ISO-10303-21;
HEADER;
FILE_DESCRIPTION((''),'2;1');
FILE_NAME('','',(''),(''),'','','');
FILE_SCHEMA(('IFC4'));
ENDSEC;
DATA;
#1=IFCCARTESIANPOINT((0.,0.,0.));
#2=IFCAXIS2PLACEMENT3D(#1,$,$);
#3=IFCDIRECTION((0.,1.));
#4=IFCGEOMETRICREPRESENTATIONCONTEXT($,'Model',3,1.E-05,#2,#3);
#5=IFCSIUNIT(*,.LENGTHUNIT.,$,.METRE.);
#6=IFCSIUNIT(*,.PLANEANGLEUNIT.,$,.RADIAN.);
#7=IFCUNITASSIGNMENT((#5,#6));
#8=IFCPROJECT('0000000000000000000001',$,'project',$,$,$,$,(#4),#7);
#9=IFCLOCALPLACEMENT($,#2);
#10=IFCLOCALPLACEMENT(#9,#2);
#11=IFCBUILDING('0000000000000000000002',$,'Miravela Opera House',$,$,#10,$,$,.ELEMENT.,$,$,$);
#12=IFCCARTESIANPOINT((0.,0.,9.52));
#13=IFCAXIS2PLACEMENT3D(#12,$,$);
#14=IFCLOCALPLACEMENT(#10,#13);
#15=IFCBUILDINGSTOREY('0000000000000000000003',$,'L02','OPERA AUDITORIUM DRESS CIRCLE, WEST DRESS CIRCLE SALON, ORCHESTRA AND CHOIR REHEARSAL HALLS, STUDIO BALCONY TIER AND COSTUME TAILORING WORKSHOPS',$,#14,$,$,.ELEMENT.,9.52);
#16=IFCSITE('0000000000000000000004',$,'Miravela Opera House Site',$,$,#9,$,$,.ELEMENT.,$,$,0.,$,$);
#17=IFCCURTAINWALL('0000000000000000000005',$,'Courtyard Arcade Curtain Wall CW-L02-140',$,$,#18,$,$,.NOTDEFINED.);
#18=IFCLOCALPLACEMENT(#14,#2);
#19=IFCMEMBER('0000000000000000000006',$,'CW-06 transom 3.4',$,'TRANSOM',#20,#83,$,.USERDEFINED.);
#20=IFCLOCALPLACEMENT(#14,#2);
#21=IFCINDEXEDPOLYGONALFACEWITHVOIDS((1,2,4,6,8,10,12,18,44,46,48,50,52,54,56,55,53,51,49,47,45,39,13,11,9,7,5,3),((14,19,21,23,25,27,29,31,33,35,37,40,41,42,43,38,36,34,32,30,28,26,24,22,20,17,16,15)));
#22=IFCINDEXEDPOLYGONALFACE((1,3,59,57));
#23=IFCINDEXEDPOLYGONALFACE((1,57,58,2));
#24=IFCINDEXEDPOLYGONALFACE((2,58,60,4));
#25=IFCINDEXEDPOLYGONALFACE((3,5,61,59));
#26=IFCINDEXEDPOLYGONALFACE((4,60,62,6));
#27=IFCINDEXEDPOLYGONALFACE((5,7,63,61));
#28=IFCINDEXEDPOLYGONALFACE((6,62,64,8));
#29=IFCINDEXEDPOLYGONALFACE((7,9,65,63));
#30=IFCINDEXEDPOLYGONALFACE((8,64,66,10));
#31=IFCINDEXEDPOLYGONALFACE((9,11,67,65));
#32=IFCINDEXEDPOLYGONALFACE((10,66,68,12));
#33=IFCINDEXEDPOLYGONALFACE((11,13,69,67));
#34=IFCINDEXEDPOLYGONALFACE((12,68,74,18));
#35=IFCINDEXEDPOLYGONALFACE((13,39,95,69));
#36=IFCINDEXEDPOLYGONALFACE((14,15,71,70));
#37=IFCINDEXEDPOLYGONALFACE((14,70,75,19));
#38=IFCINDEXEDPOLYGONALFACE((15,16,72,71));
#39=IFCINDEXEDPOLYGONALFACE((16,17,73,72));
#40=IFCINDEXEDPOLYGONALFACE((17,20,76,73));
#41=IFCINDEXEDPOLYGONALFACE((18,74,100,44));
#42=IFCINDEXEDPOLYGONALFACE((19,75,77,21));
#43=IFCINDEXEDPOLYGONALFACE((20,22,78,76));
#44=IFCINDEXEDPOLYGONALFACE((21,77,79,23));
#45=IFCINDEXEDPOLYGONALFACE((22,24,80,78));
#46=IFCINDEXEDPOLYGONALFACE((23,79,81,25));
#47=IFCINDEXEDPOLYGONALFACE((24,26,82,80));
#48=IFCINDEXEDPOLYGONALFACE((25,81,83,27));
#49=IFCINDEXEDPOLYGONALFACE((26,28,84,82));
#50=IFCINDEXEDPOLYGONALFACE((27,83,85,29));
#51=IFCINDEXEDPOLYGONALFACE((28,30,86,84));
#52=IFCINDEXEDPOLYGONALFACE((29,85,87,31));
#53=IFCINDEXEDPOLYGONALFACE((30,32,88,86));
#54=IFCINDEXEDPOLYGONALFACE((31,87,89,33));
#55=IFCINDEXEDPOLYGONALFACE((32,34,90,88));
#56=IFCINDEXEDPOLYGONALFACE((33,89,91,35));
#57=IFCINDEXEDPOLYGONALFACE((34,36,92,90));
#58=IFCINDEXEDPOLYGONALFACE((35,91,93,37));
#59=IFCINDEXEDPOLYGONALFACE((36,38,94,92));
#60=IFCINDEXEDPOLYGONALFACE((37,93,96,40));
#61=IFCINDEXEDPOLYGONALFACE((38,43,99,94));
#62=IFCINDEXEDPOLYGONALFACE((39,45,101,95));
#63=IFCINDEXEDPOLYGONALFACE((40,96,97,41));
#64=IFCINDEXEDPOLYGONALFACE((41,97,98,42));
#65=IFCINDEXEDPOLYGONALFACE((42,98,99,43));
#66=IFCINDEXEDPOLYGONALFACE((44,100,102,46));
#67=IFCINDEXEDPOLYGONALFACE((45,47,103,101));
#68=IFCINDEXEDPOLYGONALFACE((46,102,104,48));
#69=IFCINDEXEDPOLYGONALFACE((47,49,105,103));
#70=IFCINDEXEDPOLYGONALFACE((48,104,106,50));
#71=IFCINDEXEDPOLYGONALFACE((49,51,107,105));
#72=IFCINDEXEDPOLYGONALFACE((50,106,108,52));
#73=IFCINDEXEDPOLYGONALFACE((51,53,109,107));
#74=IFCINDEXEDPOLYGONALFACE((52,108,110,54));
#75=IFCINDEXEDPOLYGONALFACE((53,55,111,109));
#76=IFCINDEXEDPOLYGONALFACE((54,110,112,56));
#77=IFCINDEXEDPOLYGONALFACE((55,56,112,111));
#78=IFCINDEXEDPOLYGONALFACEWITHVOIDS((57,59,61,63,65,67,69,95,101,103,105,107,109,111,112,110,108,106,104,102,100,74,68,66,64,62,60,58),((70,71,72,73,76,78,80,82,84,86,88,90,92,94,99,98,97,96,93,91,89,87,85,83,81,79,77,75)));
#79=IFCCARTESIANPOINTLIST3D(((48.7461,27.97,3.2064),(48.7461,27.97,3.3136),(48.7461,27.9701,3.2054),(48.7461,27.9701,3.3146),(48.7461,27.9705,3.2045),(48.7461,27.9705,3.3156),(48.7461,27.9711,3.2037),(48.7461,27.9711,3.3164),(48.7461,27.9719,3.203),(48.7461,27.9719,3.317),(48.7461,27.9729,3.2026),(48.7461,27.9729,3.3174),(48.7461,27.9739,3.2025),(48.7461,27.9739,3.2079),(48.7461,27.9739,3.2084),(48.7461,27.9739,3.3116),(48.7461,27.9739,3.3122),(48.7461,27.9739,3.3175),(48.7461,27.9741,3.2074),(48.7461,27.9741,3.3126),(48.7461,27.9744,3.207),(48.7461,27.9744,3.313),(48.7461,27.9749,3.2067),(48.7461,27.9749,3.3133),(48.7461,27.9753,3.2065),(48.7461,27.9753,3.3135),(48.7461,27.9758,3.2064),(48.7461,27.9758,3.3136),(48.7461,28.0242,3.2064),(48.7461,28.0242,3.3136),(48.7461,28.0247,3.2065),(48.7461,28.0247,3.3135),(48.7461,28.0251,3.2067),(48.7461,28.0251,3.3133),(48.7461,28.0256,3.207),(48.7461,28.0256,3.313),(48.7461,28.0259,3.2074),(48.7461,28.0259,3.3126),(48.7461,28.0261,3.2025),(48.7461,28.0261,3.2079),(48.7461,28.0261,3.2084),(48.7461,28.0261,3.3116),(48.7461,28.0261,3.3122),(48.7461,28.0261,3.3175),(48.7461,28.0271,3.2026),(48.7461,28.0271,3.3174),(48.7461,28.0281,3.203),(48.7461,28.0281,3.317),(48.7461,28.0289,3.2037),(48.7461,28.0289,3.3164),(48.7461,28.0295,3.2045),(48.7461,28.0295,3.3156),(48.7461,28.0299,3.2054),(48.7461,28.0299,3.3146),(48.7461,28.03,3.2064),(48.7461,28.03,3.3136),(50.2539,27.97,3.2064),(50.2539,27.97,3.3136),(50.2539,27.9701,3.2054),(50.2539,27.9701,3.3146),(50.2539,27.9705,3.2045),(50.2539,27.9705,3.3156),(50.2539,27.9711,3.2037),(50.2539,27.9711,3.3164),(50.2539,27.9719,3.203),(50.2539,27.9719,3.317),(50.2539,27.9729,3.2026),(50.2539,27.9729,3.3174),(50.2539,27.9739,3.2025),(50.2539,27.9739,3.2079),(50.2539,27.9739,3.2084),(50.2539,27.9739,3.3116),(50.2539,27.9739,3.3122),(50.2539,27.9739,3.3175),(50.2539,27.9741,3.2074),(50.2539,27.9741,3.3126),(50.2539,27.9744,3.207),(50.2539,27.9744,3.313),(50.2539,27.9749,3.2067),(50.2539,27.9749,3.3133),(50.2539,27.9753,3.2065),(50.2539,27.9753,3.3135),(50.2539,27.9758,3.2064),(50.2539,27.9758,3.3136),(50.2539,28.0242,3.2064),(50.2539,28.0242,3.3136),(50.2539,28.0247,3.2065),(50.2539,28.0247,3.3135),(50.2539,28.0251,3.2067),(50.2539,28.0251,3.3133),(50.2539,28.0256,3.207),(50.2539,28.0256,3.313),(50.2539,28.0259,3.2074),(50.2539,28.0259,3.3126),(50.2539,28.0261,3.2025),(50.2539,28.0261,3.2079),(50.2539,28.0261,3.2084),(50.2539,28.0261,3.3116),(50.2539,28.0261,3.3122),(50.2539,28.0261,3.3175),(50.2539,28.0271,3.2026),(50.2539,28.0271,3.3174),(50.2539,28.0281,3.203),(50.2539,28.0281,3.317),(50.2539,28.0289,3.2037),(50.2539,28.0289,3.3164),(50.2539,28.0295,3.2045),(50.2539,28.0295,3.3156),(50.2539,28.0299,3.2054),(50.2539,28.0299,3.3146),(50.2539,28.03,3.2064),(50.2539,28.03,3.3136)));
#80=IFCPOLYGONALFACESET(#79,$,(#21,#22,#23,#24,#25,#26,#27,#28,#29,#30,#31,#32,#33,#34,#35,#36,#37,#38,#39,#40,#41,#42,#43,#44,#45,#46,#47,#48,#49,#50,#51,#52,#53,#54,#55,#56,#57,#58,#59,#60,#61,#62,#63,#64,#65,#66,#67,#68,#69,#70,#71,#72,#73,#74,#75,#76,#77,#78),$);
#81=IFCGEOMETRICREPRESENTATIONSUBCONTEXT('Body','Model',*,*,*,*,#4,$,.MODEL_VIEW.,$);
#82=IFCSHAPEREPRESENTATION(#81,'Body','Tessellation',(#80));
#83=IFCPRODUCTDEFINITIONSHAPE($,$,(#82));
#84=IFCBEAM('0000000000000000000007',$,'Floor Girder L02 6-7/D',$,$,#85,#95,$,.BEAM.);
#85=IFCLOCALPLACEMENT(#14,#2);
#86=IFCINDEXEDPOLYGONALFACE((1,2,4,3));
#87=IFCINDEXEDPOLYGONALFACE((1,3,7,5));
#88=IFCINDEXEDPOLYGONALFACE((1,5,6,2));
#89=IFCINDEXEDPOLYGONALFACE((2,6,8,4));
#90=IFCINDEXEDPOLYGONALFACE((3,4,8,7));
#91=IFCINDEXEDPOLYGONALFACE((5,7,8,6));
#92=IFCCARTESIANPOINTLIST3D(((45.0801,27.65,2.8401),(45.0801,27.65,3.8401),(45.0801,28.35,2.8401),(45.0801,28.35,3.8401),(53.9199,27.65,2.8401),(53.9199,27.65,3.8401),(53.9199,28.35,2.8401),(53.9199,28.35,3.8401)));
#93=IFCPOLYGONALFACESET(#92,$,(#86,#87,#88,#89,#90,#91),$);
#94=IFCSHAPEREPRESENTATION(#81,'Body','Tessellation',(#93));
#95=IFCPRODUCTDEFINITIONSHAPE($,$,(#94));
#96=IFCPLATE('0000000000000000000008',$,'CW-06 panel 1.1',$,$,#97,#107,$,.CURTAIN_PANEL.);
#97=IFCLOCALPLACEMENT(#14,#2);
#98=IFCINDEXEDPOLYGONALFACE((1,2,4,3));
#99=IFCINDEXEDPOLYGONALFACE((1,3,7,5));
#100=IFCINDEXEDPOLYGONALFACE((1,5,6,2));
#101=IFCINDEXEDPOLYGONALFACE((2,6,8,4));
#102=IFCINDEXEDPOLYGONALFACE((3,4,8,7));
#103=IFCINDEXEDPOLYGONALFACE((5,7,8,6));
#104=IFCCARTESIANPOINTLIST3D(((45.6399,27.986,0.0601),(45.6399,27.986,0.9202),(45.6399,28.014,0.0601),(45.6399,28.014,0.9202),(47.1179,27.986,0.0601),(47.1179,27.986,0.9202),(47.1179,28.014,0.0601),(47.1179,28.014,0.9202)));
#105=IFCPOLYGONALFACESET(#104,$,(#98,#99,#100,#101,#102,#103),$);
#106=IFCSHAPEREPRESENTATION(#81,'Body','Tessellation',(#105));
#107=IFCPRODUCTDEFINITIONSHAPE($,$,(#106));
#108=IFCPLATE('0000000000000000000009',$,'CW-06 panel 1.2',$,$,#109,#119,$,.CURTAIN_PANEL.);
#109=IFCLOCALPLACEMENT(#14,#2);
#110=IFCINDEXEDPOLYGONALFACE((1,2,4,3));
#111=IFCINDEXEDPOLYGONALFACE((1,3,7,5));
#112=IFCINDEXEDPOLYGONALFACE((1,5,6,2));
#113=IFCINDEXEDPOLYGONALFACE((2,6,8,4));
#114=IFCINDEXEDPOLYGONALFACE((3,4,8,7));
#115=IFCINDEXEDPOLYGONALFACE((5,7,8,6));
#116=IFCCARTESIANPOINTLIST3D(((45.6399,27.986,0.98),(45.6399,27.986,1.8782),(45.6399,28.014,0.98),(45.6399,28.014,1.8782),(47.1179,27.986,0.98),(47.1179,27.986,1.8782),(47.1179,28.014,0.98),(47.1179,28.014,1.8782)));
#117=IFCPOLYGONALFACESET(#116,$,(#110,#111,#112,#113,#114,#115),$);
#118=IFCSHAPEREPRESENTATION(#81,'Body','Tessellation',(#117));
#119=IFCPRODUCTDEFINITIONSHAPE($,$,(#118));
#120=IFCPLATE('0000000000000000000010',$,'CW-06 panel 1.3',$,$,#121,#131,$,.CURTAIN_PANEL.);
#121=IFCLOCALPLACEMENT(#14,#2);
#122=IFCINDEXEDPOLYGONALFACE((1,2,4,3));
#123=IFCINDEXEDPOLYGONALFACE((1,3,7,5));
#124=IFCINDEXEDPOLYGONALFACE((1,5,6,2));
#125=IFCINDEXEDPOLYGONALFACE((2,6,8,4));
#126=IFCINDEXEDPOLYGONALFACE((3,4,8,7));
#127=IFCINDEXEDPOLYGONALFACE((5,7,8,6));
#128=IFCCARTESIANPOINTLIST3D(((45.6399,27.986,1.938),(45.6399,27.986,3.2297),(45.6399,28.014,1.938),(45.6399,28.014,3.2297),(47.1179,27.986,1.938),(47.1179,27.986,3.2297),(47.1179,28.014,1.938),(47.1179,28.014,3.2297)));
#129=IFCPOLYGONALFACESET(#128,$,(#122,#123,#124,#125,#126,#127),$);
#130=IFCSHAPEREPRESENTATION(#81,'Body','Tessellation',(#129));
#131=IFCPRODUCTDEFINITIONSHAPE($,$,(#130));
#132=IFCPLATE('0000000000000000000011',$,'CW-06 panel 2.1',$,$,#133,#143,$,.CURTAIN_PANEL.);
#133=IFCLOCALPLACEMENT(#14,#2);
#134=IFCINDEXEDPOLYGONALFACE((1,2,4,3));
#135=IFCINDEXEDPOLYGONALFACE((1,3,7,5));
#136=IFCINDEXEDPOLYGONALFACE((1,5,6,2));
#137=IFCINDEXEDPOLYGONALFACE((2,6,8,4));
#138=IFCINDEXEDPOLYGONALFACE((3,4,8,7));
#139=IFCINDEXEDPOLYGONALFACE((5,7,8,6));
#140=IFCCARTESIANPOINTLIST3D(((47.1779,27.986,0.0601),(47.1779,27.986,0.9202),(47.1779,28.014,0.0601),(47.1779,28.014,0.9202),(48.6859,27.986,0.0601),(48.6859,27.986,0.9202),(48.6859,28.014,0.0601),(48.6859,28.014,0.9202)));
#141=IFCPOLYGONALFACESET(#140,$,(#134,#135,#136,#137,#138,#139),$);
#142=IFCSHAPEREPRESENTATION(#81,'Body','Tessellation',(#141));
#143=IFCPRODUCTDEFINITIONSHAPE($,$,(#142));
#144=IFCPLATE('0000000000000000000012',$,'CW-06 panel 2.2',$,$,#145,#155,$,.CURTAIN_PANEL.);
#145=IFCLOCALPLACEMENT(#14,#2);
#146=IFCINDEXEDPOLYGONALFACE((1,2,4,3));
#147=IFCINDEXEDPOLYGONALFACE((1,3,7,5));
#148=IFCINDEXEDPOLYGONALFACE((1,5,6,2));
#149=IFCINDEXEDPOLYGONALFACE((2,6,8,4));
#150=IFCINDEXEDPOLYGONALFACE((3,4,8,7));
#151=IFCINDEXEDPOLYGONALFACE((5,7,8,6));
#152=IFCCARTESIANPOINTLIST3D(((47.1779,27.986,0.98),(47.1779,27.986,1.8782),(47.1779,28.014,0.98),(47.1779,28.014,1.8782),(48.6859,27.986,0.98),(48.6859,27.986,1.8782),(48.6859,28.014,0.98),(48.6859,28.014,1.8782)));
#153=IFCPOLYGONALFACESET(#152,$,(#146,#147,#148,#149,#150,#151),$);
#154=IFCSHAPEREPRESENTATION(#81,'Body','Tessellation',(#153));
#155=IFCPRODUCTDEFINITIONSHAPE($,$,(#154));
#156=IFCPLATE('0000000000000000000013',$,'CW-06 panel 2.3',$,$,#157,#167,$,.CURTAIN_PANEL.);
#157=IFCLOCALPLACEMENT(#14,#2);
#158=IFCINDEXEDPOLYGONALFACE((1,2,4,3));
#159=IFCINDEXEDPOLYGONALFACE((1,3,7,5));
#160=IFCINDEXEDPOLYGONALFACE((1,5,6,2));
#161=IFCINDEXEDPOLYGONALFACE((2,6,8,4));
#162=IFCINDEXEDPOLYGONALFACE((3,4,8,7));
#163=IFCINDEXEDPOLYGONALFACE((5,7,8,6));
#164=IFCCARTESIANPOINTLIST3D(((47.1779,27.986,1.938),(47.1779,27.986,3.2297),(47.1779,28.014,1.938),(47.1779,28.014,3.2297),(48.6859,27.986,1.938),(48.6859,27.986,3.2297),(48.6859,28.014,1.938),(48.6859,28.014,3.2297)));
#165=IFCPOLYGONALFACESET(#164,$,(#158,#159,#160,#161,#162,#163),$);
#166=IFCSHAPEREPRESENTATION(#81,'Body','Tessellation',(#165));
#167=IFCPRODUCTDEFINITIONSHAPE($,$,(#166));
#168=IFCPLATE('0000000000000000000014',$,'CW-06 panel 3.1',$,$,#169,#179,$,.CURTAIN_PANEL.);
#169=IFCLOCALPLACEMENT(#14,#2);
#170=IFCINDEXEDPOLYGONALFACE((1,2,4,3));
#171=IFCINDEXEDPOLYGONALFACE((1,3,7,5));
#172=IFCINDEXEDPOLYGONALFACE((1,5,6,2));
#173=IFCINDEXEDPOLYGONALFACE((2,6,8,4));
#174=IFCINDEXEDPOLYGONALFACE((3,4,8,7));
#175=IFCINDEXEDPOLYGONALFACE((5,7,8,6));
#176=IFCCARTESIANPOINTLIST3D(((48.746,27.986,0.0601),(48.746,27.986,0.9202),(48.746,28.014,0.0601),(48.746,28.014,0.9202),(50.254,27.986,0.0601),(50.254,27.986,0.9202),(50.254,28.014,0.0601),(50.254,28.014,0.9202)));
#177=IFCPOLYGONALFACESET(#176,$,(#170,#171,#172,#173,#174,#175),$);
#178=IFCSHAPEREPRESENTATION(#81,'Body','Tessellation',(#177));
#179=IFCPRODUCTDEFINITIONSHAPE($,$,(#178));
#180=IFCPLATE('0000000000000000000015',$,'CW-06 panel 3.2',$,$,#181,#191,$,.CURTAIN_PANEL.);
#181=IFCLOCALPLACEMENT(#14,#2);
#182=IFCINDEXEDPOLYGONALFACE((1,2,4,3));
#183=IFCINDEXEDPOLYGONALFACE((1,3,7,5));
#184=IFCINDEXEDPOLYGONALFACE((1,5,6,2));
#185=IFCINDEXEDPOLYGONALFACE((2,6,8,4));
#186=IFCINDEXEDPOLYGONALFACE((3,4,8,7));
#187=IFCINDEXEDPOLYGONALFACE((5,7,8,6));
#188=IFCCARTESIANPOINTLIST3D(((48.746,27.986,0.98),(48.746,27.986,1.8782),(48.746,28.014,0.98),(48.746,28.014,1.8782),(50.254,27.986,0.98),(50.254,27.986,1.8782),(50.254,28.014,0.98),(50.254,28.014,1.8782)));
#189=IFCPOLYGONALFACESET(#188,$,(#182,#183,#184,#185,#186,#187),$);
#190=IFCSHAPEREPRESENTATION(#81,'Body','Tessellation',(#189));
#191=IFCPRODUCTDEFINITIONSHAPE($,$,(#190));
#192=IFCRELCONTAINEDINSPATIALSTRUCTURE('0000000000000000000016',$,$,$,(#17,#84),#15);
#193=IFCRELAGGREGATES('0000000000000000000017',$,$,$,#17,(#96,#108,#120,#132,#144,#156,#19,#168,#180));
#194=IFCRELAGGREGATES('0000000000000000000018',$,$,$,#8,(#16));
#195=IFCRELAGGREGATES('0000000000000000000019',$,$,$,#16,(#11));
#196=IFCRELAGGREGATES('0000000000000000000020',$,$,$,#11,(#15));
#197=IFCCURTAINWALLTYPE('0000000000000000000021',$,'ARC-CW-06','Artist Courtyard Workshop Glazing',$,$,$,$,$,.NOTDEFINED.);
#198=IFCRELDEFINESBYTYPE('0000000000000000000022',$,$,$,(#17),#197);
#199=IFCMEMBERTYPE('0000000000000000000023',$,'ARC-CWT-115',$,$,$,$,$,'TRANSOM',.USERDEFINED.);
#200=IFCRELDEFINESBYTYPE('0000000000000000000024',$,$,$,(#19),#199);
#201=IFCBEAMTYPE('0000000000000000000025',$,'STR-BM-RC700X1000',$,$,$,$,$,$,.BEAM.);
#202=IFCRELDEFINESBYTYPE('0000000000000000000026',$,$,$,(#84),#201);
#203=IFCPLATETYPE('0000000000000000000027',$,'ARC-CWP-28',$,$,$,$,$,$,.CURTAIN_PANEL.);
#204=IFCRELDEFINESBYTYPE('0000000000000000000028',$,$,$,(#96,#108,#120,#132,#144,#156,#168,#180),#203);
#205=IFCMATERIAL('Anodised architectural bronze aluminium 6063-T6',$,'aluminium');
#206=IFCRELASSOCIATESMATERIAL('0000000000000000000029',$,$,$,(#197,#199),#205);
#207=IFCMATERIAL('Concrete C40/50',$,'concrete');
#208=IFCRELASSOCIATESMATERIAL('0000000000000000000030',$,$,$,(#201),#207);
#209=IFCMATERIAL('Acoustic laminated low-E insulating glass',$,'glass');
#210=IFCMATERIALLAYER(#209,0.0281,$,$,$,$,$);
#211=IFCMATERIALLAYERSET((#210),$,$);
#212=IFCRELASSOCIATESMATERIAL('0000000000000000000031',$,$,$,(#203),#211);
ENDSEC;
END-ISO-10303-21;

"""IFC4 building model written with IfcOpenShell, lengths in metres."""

from ifc_helpers import new_model, si_unit, direction, frame, origin, origin_2d, place, context, subcontext, project, spatial, rectangle, hollow_rectangle, extrude, material, layer, layer_set, material_profile, profile_set, type_object, element, aggregate, save


model = new_model("IFC4")

# Units and contexts
model_context = context("Model", 3, precision=1e-05, world=origin(), true_north=direction((0.0, 1.0)))
body_context = subcontext(model_context, "Body", "Model", "MODEL_VIEW")
ifc_project = project(units=[si_unit("LENGTHUNIT", "METRE"), si_unit("PLANEANGLEUNIT", "RADIAN")], contexts=[model_context])

# Site, building, storey
site_placement = place(None, origin())
site = spatial("IfcSite", under=ifc_project, at=site_placement, Name="Miravela Opera House Site", CompositionType="ELEMENT", RefElevation=0.0)
building_placement = place(site_placement, origin())
building = spatial("IfcBuilding", under=site, at=building_placement, Name="Miravela Opera House", CompositionType="ELEMENT")
storey_placement = place(building_placement, frame((0.0, 0.0, 9.52)))
storey = spatial("IfcBuildingStorey", under=building, at=storey_placement, Name="L02", Description="OPERA AUDITORIUM DRESS CIRCLE, WEST DRESS CIRCLE SALON, ORCHESTRA AND CHOIR REHEARSAL HALLS, STUDIO BALCONY TIER AND COSTUME TAILORING WORKSHOPS", CompositionType="ELEMENT", Elevation=9.52)

# Curtain wall, member
ifc_material_1 = material(Name="Anodised architectural bronze aluminium 6063-T6", Category="aluminium")
curtain_wall_type = type_object("IfcCurtainWallType", Name="ARC-CW-06", Description="Artist Courtyard Workshop Glazing", PredefinedType="NOTDEFINED", material=ifc_material_1)
curtain_wall_placement = place(storey_placement, origin())
curtain_wall = element("IfcCurtainWall", 1, at=curtain_wall_placement, inside=storey, type_object=curtain_wall_type, Name="Courtyard Arcade Curtain Wall CW-L02-140", PredefinedType="NOTDEFINED")
ifc_material_profile_1 = material_profile(ifc_material_1, hollow_rectangle(XDim=0.0601, YDim=0.115, WallThickness=0.0039, InnerFilletRadius=0.002, OuterFilletRadius=0.0039, at=origin_2d()), Name="CWT-60X115")
ifc_profile_set_1 = profile_set([ifc_material_profile_1])
member_type_1 = type_object("IfcMemberType", Name="ARC-CWT-115", ElementType="TRANSOM", PredefinedType="USERDEFINED", material=ifc_profile_set_1)
member_1_placement = place(storey_placement, frame((48.7461, 28.0, 3.26), z_axis=(1.0, 0.0, 0.0), x_axis=(0.0, 1.0, 0.0)))
member_1 = element("IfcMember", 2, at=member_1_placement, type_object=member_type_1, Name="CW-06 transom 3.4", ObjectType="TRANSOM", PredefinedType="USERDEFINED", context=body_context, shape_type="SweptSolid", body=[
    extrude(hollow_rectangle(XDim=0.0601, YDim=0.115, WallThickness=0.0039, InnerFilletRadius=0.002, OuterFilletRadius=0.0039, at=origin_2d()), origin(), (0.0, 0.0, 1.0), 1.5078),
])

# Beam
ifc_material_2 = material(Name="Concrete C40/50", Category="concrete")
ifc_material_profile_2 = material_profile(ifc_material_2, rectangle(XDim=0.7, YDim=1.0, at=origin_2d()), Name="RC-BM-700X1000")
ifc_profile_set_2 = profile_set([ifc_material_profile_2])
beam_type = type_object("IfcBeamType", Name="STR-BM-RC700X1000", PredefinedType="BEAM", material=ifc_profile_set_2)
beam_placement = place(storey_placement, frame((45.0801, 28.0, 3.3401), z_axis=(1.0, 0.0, 0.0), x_axis=(0.0, 1.0, 0.0)))
element("IfcBeam", 3, at=beam_placement, inside=storey, type_object=beam_type, Name="Floor Girder L02 6-7/D", PredefinedType="BEAM", context=body_context, shape_type="SweptSolid", body=[
    extrude(rectangle(XDim=0.7, YDim=1.0, at=origin_2d()), origin(), (0.0, 0.0, 1.0), 8.8398),
])

# Plates
ifc_material_3 = material(Name="Acoustic laminated low-E insulating glass", Category="glass")
ifc_layer = layer(ifc_material_3, 0.0281)
ifc_layer_set = layer_set([ifc_layer])
plate_type = type_object("IfcPlateType", Name="ARC-CWP-28", PredefinedType="CURTAIN_PANEL", material=ifc_layer_set)
plate_1_placement = place(storey_placement, frame((46.3789, 28.0, 0.0601), z_axis=(0.0, 0.0, 1.0), x_axis=(1.0, 0.0, 0.0)))
plate_1 = element("IfcPlate", 4, at=plate_1_placement, type_object=plate_type, Name="CW-06 panel 1.1", PredefinedType="CURTAIN_PANEL", context=body_context, shape_type="SweptSolid", body=[
    extrude(rectangle(XDim=1.478, YDim=0.0281, at=origin_2d()), origin(), (0.0, 0.0, 1.0), 0.8601),
])
plate_2_placement = place(storey_placement, frame((46.3789, 28.0, 0.98), z_axis=(0.0, 0.0, 1.0), x_axis=(1.0, 0.0, 0.0)))
plate_2 = element("IfcPlate", 5, at=plate_2_placement, type_object=plate_type, Name="CW-06 panel 1.2", PredefinedType="CURTAIN_PANEL", context=body_context, shape_type="SweptSolid", body=[
    extrude(rectangle(XDim=1.478, YDim=0.0281, at=origin_2d()), origin(), (0.0, 0.0, 1.0), 0.8982),
])
plate_3_placement = place(storey_placement, frame((46.3789, 28.0, 1.938), z_axis=(0.0, 0.0, 1.0), x_axis=(1.0, 0.0, 0.0)))
plate_3 = element("IfcPlate", 6, at=plate_3_placement, type_object=plate_type, Name="CW-06 panel 1.3", PredefinedType="CURTAIN_PANEL", context=body_context, shape_type="SweptSolid", body=[
    extrude(rectangle(XDim=1.478, YDim=0.0281, at=origin_2d()), origin(), (0.0, 0.0, 1.0), 1.2917),
])
plate_4_placement = place(storey_placement, frame((47.9319, 28.0, 0.0601), z_axis=(0.0, 0.0, 1.0), x_axis=(1.0, 0.0, 0.0)))
plate_4 = element("IfcPlate", 7, at=plate_4_placement, type_object=plate_type, Name="CW-06 panel 2.1", PredefinedType="CURTAIN_PANEL", context=body_context, shape_type="SweptSolid", body=[
    extrude(rectangle(XDim=1.5081, YDim=0.0281, at=origin_2d()), origin(), (0.0, 0.0, 1.0), 0.8601),
])
plate_5_placement = place(storey_placement, frame((47.9319, 28.0, 0.98), z_axis=(0.0, 0.0, 1.0), x_axis=(1.0, 0.0, 0.0)))
plate_5 = element("IfcPlate", 8, at=plate_5_placement, type_object=plate_type, Name="CW-06 panel 2.2", PredefinedType="CURTAIN_PANEL", context=body_context, shape_type="SweptSolid", body=[
    extrude(rectangle(XDim=1.5081, YDim=0.0281, at=origin_2d()), origin(), (0.0, 0.0, 1.0), 0.8982),
])
plate_6_placement = place(storey_placement, frame((47.9319, 28.0, 1.938), z_axis=(0.0, 0.0, 1.0), x_axis=(1.0, 0.0, 0.0)))
plate_6 = element("IfcPlate", 9, at=plate_6_placement, type_object=plate_type, Name="CW-06 panel 2.3", PredefinedType="CURTAIN_PANEL", context=body_context, shape_type="SweptSolid", body=[
    extrude(rectangle(XDim=1.5081, YDim=0.0281, at=origin_2d()), origin(), (0.0, 0.0, 1.0), 1.2917),
])
plate_7_placement = place(storey_placement, frame((49.5, 28.0, 0.0601), z_axis=(0.0, 0.0, 1.0), x_axis=(1.0, 0.0, 0.0)))
plate_7 = element("IfcPlate", 10, at=plate_7_placement, type_object=plate_type, Name="CW-06 panel 3.1", PredefinedType="CURTAIN_PANEL", context=body_context, shape_type="SweptSolid", body=[
    extrude(rectangle(XDim=1.5081, YDim=0.0281, at=origin_2d()), origin(), (0.0, 0.0, 1.0), 0.8601),
])
plate_8_placement = place(storey_placement, frame((49.5, 28.0, 0.98), z_axis=(0.0, 0.0, 1.0), x_axis=(1.0, 0.0, 0.0)))
plate_8 = element("IfcPlate", 11, at=plate_8_placement, type_object=plate_type, Name="CW-06 panel 3.2", PredefinedType="CURTAIN_PANEL", context=body_context, shape_type="SweptSolid", body=[
    extrude(rectangle(XDim=1.5081, YDim=0.0281, at=origin_2d()), origin(), (0.0, 0.0, 1.0), 0.8982),
])
aggregate(curtain_wall, [plate_1, plate_2, plate_3, plate_4, plate_5, plate_6, member_1, plate_7, plate_8])

save(model, "model.ifc")
